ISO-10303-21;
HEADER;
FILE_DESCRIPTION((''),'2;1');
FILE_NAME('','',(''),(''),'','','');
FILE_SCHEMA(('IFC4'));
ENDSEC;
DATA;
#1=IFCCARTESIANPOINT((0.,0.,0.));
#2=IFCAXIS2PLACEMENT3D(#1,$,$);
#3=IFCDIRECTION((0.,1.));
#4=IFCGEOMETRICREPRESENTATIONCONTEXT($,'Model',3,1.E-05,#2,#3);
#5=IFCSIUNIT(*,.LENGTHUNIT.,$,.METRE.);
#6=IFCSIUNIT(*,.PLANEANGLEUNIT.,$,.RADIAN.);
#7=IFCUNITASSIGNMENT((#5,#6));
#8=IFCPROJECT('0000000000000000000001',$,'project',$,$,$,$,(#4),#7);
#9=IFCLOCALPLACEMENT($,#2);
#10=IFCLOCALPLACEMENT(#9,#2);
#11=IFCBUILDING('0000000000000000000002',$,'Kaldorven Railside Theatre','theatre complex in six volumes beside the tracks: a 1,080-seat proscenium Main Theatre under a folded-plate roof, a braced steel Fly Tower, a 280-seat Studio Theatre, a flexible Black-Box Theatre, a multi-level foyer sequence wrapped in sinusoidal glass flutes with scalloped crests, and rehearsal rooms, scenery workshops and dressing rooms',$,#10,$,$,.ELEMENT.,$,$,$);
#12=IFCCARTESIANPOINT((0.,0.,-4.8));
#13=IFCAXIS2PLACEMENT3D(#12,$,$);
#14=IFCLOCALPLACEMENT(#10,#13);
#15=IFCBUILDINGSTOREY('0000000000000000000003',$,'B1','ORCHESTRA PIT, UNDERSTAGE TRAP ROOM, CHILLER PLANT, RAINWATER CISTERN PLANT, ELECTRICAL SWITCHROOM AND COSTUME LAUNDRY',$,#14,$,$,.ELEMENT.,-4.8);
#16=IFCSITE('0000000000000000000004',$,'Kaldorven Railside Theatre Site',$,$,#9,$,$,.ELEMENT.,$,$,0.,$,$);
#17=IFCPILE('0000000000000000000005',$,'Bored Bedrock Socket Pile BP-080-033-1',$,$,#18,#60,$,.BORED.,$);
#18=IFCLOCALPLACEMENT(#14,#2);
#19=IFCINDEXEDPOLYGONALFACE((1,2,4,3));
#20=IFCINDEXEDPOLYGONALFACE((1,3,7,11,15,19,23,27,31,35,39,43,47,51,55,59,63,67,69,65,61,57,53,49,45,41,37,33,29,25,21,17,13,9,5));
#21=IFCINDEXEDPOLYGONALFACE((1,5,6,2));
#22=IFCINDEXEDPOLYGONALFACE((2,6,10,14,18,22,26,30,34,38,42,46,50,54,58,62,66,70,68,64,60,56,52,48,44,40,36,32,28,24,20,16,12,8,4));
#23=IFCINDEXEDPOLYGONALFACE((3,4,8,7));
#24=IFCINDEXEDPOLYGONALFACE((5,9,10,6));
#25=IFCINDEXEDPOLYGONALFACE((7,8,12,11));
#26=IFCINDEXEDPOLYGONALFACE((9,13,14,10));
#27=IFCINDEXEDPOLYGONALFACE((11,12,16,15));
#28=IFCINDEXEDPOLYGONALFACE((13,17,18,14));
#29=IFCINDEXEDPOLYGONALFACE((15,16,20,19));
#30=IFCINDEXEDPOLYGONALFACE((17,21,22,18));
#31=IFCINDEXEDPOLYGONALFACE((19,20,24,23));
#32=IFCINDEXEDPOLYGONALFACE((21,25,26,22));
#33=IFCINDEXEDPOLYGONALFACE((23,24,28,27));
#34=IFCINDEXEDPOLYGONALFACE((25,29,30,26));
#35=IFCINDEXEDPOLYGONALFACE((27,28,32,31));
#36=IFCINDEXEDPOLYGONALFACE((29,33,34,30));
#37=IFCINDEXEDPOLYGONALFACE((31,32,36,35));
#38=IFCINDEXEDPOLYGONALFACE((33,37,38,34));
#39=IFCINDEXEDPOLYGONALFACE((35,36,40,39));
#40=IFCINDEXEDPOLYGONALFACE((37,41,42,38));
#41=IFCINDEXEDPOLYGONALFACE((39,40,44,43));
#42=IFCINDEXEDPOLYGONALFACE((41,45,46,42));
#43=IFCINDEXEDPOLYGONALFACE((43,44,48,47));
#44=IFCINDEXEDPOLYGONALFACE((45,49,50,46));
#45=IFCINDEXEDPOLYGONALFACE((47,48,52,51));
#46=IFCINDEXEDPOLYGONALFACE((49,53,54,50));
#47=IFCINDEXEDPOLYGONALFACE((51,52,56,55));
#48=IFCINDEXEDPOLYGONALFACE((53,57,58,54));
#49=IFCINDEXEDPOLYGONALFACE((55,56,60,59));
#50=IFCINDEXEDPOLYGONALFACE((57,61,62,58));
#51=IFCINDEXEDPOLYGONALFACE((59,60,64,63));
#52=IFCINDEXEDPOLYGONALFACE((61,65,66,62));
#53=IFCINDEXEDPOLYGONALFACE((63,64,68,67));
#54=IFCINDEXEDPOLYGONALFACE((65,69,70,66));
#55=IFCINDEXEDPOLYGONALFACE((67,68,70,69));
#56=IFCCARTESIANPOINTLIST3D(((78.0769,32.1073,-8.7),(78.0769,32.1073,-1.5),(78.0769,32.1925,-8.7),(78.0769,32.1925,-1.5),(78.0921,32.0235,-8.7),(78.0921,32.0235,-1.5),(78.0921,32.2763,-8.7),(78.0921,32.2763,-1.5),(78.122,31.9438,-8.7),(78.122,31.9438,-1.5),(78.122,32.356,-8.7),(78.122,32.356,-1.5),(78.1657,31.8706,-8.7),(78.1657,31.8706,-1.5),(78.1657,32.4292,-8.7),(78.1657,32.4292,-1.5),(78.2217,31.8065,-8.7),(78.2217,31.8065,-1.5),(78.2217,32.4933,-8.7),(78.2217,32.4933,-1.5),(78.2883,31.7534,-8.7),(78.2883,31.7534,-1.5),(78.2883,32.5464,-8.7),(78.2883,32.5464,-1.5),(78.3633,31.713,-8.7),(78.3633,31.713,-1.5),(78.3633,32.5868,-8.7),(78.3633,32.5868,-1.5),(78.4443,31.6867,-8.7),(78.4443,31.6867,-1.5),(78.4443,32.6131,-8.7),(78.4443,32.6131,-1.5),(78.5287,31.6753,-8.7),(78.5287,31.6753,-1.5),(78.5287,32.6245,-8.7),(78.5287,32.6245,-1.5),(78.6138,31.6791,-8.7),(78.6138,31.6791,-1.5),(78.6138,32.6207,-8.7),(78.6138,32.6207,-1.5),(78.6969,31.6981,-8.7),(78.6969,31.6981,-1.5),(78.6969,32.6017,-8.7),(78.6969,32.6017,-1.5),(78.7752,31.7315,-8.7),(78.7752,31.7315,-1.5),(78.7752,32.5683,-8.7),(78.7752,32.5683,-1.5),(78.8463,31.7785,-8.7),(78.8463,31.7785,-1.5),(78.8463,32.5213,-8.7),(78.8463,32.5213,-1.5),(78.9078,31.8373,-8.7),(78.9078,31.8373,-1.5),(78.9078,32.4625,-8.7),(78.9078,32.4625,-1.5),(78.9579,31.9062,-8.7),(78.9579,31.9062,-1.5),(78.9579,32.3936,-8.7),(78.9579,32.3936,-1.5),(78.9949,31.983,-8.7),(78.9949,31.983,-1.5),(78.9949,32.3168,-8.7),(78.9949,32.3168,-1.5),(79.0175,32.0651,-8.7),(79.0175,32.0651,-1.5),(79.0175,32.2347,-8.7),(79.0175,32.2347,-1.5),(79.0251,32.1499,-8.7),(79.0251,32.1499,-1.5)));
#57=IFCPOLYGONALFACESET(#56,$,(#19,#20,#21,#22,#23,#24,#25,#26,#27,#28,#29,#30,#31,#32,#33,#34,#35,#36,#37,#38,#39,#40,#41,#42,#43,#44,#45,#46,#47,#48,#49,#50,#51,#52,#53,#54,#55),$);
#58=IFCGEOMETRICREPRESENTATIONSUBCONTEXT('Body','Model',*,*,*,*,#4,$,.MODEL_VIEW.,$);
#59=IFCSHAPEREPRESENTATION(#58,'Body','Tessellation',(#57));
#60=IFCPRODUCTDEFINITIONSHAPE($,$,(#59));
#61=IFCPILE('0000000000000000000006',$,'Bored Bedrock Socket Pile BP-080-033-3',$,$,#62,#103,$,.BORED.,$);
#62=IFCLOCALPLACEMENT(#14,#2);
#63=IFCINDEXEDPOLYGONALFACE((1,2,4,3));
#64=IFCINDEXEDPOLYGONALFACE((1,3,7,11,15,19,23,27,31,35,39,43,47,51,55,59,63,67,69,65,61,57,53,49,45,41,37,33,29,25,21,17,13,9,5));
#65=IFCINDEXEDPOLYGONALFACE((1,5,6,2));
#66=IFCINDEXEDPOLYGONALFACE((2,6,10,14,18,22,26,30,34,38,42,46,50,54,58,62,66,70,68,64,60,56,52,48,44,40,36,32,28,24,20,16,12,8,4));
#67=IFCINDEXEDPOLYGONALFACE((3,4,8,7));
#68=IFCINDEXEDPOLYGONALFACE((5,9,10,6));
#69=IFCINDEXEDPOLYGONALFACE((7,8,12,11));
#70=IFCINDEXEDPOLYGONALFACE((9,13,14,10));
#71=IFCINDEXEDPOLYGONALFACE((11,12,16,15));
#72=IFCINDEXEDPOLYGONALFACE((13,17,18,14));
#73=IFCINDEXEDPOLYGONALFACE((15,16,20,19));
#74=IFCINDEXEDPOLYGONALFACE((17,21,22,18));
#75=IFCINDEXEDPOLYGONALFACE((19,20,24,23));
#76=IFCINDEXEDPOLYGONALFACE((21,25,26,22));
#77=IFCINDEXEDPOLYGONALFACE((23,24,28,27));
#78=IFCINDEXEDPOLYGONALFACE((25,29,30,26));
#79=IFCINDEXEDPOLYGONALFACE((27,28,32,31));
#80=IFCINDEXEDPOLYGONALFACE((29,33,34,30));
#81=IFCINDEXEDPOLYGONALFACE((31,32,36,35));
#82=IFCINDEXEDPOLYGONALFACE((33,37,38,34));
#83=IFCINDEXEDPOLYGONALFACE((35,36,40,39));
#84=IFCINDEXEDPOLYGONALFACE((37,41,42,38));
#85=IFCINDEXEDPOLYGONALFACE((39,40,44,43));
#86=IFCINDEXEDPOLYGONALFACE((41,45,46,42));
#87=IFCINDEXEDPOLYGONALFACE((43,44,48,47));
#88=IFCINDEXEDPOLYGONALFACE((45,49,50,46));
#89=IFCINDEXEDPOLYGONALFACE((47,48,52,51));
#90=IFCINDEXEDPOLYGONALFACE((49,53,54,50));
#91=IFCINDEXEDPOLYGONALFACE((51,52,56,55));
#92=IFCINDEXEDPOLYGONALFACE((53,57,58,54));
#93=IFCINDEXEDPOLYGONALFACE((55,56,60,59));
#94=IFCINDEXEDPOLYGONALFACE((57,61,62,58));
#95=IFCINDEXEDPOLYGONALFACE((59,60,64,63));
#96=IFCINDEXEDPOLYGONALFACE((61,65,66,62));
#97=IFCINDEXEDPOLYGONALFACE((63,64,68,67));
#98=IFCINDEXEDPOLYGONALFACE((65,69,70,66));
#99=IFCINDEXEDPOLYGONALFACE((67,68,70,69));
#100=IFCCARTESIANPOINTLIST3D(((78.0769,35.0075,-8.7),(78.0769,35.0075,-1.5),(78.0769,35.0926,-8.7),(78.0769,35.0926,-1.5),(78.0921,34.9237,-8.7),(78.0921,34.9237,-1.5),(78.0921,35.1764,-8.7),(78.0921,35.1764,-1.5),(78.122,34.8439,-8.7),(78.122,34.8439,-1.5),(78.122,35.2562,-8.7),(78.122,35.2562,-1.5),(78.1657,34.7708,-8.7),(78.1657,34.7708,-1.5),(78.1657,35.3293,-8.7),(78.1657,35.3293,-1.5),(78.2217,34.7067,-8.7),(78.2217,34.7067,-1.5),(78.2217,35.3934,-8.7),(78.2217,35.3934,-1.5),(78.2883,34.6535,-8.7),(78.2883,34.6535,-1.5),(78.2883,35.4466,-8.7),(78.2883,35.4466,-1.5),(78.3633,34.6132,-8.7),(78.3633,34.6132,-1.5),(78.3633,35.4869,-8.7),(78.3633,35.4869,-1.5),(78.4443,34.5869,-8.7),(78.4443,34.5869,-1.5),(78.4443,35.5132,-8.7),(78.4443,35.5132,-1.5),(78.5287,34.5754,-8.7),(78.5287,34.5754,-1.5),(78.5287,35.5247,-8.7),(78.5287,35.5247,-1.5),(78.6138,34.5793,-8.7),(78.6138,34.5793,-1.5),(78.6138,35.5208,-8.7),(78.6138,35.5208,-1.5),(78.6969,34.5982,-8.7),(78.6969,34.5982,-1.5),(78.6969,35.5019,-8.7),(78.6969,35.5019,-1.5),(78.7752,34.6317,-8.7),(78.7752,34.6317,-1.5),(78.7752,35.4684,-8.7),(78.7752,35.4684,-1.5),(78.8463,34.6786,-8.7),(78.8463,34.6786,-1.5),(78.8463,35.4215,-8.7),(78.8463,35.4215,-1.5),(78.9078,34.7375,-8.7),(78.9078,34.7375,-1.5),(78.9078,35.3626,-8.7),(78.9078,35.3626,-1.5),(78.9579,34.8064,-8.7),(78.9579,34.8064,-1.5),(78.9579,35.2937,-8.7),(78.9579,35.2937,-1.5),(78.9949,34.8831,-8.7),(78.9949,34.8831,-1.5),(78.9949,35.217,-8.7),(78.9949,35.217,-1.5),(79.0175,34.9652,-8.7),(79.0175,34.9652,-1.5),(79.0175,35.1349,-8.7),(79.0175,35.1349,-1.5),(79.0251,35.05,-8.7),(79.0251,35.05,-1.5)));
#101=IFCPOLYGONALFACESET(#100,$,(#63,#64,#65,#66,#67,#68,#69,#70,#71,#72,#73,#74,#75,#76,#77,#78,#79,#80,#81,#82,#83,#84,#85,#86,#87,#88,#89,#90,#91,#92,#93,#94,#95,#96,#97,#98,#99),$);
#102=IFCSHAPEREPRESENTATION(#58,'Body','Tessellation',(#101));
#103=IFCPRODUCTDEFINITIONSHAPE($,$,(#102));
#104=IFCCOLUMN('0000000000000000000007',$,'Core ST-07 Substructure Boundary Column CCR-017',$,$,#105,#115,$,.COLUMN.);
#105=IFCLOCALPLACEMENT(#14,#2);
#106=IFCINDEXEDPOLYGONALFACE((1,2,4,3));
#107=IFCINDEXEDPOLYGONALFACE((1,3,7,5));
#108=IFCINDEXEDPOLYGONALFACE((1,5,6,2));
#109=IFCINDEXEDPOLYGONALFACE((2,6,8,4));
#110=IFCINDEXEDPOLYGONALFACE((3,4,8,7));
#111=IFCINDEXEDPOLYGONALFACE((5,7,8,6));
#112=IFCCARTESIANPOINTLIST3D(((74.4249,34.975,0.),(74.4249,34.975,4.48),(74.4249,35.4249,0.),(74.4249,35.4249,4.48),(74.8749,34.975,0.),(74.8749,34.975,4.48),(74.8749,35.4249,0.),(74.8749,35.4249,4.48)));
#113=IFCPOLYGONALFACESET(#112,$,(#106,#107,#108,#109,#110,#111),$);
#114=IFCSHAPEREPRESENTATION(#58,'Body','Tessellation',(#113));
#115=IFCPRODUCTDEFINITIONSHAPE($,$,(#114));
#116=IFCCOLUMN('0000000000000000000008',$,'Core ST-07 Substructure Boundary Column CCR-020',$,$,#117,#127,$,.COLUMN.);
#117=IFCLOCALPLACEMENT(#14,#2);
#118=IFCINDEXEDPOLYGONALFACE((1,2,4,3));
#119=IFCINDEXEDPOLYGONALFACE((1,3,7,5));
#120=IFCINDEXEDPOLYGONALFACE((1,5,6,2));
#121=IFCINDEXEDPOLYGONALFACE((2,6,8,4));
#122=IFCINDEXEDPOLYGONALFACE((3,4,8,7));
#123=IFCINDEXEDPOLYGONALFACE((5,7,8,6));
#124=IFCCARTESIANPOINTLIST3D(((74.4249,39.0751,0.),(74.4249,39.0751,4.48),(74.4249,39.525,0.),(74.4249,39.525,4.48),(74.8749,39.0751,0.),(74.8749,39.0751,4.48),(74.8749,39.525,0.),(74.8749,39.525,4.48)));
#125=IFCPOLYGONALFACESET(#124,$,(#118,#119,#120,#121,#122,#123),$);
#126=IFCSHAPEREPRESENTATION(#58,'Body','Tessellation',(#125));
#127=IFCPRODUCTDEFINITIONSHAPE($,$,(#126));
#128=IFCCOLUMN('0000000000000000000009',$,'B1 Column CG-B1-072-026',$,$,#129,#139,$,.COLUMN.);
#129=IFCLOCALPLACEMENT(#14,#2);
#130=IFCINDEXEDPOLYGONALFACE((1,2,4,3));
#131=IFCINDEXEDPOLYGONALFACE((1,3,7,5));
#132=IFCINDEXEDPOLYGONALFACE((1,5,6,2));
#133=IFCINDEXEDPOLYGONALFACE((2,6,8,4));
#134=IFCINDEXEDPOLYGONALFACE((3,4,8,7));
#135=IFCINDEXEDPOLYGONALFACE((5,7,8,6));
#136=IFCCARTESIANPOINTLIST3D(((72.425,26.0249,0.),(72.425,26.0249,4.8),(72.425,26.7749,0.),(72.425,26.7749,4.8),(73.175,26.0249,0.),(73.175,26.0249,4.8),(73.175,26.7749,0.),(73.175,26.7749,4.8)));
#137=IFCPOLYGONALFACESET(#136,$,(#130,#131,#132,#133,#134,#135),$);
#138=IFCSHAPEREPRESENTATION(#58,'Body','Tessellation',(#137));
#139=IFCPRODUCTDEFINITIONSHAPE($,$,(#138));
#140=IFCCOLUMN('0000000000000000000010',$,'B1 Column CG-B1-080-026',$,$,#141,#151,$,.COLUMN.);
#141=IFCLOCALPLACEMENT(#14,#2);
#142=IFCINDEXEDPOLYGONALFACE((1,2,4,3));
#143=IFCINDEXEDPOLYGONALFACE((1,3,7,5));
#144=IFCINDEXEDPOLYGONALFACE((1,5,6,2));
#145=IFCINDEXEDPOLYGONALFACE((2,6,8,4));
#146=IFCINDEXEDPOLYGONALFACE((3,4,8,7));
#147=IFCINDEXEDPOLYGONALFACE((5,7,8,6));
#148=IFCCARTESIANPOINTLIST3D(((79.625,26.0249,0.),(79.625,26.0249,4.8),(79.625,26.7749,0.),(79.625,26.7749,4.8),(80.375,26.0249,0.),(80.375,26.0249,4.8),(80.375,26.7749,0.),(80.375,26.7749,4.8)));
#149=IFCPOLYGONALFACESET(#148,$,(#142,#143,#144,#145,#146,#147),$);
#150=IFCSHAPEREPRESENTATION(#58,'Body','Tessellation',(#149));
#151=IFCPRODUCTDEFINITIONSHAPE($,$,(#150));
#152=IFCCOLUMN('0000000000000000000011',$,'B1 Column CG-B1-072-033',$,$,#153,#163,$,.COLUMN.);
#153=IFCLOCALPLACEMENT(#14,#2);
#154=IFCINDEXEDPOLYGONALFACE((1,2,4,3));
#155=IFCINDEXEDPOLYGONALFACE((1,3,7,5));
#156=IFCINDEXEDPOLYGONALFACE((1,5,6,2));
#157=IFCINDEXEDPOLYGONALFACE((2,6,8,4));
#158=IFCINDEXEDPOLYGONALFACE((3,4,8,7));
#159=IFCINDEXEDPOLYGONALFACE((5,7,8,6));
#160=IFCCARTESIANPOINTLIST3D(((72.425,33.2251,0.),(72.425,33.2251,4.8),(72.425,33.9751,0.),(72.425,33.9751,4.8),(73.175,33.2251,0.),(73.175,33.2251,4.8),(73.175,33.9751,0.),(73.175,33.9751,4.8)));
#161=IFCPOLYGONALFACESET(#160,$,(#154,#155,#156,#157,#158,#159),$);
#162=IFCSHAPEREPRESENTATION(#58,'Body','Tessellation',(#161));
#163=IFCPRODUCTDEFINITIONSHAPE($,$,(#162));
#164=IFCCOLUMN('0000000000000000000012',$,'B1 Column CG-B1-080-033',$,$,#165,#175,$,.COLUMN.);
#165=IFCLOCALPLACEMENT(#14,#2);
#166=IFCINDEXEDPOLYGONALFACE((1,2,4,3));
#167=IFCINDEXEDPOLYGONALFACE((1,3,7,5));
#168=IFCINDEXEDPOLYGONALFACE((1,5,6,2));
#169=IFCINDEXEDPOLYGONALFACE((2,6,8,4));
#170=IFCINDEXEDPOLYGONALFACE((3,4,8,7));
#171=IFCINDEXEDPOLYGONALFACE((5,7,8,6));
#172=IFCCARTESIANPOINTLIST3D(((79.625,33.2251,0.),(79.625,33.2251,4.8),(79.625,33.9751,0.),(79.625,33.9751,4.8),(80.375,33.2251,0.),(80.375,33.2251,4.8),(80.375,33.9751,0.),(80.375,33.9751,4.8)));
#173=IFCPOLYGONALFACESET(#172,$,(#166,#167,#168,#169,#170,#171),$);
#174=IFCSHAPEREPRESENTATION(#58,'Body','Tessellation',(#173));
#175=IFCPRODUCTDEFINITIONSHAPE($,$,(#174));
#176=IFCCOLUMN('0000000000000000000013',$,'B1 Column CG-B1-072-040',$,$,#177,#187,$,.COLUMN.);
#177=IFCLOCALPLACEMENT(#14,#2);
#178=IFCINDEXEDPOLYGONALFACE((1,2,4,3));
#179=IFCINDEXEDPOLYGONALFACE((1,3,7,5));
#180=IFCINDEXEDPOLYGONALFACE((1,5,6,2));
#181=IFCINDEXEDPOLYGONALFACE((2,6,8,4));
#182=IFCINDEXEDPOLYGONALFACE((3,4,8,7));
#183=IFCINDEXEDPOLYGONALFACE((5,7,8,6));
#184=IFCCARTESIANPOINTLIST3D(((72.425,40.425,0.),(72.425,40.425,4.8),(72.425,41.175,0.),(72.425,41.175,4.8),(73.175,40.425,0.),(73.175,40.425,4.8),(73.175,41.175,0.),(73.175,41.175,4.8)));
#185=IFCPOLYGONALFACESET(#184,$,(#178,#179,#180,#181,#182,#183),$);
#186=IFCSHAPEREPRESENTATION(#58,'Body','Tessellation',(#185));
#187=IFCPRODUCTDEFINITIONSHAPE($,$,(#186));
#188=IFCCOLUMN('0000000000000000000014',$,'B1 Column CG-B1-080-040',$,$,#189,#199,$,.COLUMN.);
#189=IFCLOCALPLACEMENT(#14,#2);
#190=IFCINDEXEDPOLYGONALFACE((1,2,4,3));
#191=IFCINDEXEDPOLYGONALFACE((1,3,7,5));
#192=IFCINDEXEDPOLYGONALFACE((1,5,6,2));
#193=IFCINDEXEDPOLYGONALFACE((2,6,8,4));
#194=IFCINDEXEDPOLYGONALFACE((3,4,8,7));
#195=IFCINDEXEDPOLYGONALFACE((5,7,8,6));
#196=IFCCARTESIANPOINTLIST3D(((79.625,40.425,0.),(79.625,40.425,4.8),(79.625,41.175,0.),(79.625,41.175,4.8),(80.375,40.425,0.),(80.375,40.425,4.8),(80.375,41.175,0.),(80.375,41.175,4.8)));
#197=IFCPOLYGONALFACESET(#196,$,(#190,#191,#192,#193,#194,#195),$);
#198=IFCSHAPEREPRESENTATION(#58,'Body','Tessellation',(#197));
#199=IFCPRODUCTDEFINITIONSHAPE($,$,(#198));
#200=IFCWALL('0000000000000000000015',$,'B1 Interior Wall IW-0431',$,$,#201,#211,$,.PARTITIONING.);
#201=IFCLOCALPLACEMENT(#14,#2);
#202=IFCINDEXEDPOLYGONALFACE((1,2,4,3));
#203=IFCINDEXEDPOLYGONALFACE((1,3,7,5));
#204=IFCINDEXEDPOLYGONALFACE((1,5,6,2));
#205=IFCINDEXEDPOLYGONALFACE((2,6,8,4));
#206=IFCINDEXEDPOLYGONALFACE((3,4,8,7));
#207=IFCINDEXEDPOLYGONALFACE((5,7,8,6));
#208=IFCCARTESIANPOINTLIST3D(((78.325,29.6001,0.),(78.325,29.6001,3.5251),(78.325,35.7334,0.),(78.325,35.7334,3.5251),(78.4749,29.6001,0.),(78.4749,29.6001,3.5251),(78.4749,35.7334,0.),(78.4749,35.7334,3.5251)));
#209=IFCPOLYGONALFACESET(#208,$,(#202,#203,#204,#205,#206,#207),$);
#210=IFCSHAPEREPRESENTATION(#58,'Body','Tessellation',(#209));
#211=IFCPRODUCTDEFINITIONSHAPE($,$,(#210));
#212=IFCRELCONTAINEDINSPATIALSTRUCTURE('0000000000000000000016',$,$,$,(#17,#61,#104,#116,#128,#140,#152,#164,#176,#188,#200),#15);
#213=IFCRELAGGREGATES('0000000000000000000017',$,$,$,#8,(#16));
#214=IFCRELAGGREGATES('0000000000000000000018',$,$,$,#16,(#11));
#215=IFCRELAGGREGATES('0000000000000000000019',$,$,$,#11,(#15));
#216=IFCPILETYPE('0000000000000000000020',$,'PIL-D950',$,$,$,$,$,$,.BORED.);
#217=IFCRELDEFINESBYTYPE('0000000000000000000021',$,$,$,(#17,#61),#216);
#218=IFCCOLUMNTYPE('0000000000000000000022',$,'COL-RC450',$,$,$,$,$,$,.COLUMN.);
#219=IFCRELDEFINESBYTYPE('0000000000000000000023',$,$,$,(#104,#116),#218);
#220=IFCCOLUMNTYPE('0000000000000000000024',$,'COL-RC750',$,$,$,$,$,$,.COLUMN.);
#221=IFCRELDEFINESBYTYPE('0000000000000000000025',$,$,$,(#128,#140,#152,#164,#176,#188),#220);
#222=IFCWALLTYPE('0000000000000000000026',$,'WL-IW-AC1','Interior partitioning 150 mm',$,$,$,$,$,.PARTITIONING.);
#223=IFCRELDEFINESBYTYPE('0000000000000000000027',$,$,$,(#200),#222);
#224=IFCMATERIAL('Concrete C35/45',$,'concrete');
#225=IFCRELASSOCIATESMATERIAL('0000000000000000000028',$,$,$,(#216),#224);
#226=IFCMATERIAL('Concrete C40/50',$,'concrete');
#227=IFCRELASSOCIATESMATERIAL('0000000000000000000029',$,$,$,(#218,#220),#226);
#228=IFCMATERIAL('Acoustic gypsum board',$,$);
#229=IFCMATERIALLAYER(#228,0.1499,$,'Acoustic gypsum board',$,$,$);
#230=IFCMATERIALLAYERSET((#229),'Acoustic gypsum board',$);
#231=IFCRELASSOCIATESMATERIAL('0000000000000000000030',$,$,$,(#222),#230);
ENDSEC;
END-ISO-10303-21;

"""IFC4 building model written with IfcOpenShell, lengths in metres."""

from ifc_helpers import new_model, si_unit, direction, frame, frame_2d, origin, origin_2d, place, context, subcontext, project, spatial, rectangle, circle, extrude, material, layer, layer_set, material_profile, profile_set, type_object, element, save


model = new_model("IFC4")

# Units and contexts
model_context = context("Model", 3, precision=1e-05, world=origin(), true_north=direction((0.0, 1.0)))
body_context = subcontext(model_context, "Body", "Model", "MODEL_VIEW")
ifc_project = project(units=[si_unit("LENGTHUNIT", "METRE"), si_unit("PLANEANGLEUNIT", "RADIAN")], contexts=[model_context])

# Site, building, storey
site_placement = place(None, origin())
site = spatial("IfcSite", under=ifc_project, at=site_placement, Name="Kaldorven Railside Theatre Site", CompositionType="ELEMENT", RefElevation=0.0)
building_placement = place(site_placement, origin())
building = spatial("IfcBuilding", under=site, at=building_placement, Name="Kaldorven Railside Theatre", Description="theatre complex in six volumes beside the tracks: a 1,080-seat proscenium Main Theatre under a folded-plate roof, a braced steel Fly Tower, a 280-seat Studio Theatre, a flexible Black-Box Theatre, a multi-level foyer sequence wrapped in sinusoidal glass flutes with scalloped crests, and rehearsal rooms, scenery workshops and dressing rooms", CompositionType="ELEMENT")
storey_placement = place(building_placement, frame((0.0, 0.0, -4.8)))
storey = spatial("IfcBuildingStorey", under=building, at=storey_placement, Name="B1", Description="ORCHESTRA PIT, UNDERSTAGE TRAP ROOM, CHILLER PLANT, RAINWATER CISTERN PLANT, ELECTRICAL SWITCHROOM AND COSTUME LAUNDRY", CompositionType="ELEMENT", Elevation=-4.8)

# Shared definitions
ifc_material_1 = material(Name="Concrete C40/50", Category="concrete")

# Piles
ifc_material_2 = material(Name="Concrete C35/45", Category="concrete")
ifc_material_profile_1 = material_profile(ifc_material_2, circle(Radius=0.4751, at=origin_2d()), Name="BP D950")
ifc_profile_set_1 = profile_set([ifc_material_profile_1], Name="Concrete C35/45")
pile_type_1 = type_object("IfcPileType", Name="PIL-D950", PredefinedType="BORED", material=ifc_profile_set_1)
for number, where, z_axis, x_axis, name in (
    (1, (78.55, 32.1499, -1.5), (0.0, 0.0, -1.0), (1.0, 0.0, 0.0), "Bored Bedrock Socket Pile BP-080-033-1"),
    (2, (78.55, 35.05, -1.5), (0.0, 0.0, -1.0), (1.0, 0.0, 0.0), "Bored Bedrock Socket Pile BP-080-033-3"),
):
    element("IfcPile", number, at=place(storey_placement, frame(where, z_axis=z_axis, x_axis=x_axis)), inside=storey, type_object=pile_type_1, Name=name, PredefinedType="BORED", context=body_context, shape_type="SweptSolid", body=[
        extrude(circle(Radius=0.4751, at=origin_2d()), origin(), (0.0, 0.0, 1.0), 7.2),
    ])

# Columns
ifc_material_profile_2 = material_profile(ifc_material_1, rectangle(XDim=0.45, YDim=0.45, at=origin_2d()), Name="RC 450x450")
ifc_profile_set_2 = profile_set([ifc_material_profile_2], Name="Concrete C40/50")
column_type_1 = type_object("IfcColumnType", Name="COL-RC450", PredefinedType="COLUMN", material=ifc_profile_set_2)
for number, where, z_axis, x_axis, name in (
    (3, (74.6499, 35.2, 0.0), (0.0, 0.0, 1.0), (1.0, 0.0, 0.0), "Core ST-07 Substructure Boundary Column CCR-017"),
    (4, (74.6499, 39.3, 0.0), (0.0, 0.0, 1.0), (1.0, 0.0, 0.0), "Core ST-07 Substructure Boundary Column CCR-020"),
):
    element("IfcColumn", number, at=place(storey_placement, frame(where, z_axis=z_axis, x_axis=x_axis)), inside=storey, type_object=column_type_1, Name=name, PredefinedType="COLUMN", context=body_context, shape_type="SweptSolid", body=[
        extrude(rectangle(XDim=0.45, YDim=0.45, at=origin_2d()), origin(), (0.0, 0.0, 1.0), 4.48),
    ])
ifc_material_profile_3 = material_profile(ifc_material_1, rectangle(XDim=0.75, YDim=0.75, at=origin_2d()), Name="RC 750x750")
ifc_profile_set_3 = profile_set([ifc_material_profile_3], Name="Concrete C40/50")
column_type_2 = type_object("IfcColumnType", Name="COL-RC750", PredefinedType="COLUMN", material=ifc_profile_set_3)
for number, where, z_axis, x_axis, name in (
    (5, (72.8, 26.3999, 0.0), (0.0, 0.0, 1.0), (0.0, 1.0, 0.0), "B1 Column CG-B1-072-026"),
    (6, (80.0, 26.3999, 0.0), (0.0, 0.0, 1.0), (1.0, 0.0, 0.0), "B1 Column CG-B1-080-026"),
    (7, (72.8, 33.6001, 0.0), (0.0, 0.0, 1.0), (1.0, 0.0, 0.0), "B1 Column CG-B1-072-033"),
    (8, (80.0, 33.6001, 0.0), (0.0, 0.0, 1.0), (0.0, 1.0, 0.0), "B1 Column CG-B1-080-033"),
    (9, (72.8, 40.8, 0.0), (0.0, 0.0, 1.0), (0.0, 1.0, 0.0), "B1 Column CG-B1-072-040"),
    (10, (80.0, 40.8, 0.0), (0.0, 0.0, 1.0), (1.0, 0.0, 0.0), "B1 Column CG-B1-080-040"),
):
    element("IfcColumn", number, at=place(storey_placement, frame(where, z_axis=z_axis, x_axis=x_axis)), inside=storey, type_object=column_type_2, Name=name, PredefinedType="COLUMN", context=body_context, shape_type="SweptSolid", body=[
        extrude(rectangle(XDim=0.75, YDim=0.75, at=origin_2d()), origin(), (0.0, 0.0, 1.0), 4.8),
    ])

# Wall
ifc_material_3 = material(Name="Acoustic gypsum board")
ifc_layer = layer(ifc_material_3, 0.1499, Name="Acoustic gypsum board")
ifc_layer_set = layer_set([ifc_layer], Name="Acoustic gypsum board")
wall_type = type_object("IfcWallType", Name="WL-IW-AC1", Description="Interior partitioning 150 mm", PredefinedType="PARTITIONING", material=ifc_layer_set)
wall_1_placement = place(storey_placement, frame((78.3999, 29.6001, 0.0), z_axis=(0.0, 0.0, 1.0), x_axis=(0.0, 1.0, 0.0)))
element("IfcWall", 11, at=wall_1_placement, inside=storey, type_object=wall_type, Name="B1 Interior Wall IW-0431", PredefinedType="PARTITIONING", context=body_context, shape_type="SweptSolid", body=[
    extrude(rectangle(XDim=6.1333, YDim=0.1499, at=frame_2d((3.0667, 0.0))), origin(), (0.0, 0.0, 1.0), 3.5251),
])

save(model, "model.ifc")
